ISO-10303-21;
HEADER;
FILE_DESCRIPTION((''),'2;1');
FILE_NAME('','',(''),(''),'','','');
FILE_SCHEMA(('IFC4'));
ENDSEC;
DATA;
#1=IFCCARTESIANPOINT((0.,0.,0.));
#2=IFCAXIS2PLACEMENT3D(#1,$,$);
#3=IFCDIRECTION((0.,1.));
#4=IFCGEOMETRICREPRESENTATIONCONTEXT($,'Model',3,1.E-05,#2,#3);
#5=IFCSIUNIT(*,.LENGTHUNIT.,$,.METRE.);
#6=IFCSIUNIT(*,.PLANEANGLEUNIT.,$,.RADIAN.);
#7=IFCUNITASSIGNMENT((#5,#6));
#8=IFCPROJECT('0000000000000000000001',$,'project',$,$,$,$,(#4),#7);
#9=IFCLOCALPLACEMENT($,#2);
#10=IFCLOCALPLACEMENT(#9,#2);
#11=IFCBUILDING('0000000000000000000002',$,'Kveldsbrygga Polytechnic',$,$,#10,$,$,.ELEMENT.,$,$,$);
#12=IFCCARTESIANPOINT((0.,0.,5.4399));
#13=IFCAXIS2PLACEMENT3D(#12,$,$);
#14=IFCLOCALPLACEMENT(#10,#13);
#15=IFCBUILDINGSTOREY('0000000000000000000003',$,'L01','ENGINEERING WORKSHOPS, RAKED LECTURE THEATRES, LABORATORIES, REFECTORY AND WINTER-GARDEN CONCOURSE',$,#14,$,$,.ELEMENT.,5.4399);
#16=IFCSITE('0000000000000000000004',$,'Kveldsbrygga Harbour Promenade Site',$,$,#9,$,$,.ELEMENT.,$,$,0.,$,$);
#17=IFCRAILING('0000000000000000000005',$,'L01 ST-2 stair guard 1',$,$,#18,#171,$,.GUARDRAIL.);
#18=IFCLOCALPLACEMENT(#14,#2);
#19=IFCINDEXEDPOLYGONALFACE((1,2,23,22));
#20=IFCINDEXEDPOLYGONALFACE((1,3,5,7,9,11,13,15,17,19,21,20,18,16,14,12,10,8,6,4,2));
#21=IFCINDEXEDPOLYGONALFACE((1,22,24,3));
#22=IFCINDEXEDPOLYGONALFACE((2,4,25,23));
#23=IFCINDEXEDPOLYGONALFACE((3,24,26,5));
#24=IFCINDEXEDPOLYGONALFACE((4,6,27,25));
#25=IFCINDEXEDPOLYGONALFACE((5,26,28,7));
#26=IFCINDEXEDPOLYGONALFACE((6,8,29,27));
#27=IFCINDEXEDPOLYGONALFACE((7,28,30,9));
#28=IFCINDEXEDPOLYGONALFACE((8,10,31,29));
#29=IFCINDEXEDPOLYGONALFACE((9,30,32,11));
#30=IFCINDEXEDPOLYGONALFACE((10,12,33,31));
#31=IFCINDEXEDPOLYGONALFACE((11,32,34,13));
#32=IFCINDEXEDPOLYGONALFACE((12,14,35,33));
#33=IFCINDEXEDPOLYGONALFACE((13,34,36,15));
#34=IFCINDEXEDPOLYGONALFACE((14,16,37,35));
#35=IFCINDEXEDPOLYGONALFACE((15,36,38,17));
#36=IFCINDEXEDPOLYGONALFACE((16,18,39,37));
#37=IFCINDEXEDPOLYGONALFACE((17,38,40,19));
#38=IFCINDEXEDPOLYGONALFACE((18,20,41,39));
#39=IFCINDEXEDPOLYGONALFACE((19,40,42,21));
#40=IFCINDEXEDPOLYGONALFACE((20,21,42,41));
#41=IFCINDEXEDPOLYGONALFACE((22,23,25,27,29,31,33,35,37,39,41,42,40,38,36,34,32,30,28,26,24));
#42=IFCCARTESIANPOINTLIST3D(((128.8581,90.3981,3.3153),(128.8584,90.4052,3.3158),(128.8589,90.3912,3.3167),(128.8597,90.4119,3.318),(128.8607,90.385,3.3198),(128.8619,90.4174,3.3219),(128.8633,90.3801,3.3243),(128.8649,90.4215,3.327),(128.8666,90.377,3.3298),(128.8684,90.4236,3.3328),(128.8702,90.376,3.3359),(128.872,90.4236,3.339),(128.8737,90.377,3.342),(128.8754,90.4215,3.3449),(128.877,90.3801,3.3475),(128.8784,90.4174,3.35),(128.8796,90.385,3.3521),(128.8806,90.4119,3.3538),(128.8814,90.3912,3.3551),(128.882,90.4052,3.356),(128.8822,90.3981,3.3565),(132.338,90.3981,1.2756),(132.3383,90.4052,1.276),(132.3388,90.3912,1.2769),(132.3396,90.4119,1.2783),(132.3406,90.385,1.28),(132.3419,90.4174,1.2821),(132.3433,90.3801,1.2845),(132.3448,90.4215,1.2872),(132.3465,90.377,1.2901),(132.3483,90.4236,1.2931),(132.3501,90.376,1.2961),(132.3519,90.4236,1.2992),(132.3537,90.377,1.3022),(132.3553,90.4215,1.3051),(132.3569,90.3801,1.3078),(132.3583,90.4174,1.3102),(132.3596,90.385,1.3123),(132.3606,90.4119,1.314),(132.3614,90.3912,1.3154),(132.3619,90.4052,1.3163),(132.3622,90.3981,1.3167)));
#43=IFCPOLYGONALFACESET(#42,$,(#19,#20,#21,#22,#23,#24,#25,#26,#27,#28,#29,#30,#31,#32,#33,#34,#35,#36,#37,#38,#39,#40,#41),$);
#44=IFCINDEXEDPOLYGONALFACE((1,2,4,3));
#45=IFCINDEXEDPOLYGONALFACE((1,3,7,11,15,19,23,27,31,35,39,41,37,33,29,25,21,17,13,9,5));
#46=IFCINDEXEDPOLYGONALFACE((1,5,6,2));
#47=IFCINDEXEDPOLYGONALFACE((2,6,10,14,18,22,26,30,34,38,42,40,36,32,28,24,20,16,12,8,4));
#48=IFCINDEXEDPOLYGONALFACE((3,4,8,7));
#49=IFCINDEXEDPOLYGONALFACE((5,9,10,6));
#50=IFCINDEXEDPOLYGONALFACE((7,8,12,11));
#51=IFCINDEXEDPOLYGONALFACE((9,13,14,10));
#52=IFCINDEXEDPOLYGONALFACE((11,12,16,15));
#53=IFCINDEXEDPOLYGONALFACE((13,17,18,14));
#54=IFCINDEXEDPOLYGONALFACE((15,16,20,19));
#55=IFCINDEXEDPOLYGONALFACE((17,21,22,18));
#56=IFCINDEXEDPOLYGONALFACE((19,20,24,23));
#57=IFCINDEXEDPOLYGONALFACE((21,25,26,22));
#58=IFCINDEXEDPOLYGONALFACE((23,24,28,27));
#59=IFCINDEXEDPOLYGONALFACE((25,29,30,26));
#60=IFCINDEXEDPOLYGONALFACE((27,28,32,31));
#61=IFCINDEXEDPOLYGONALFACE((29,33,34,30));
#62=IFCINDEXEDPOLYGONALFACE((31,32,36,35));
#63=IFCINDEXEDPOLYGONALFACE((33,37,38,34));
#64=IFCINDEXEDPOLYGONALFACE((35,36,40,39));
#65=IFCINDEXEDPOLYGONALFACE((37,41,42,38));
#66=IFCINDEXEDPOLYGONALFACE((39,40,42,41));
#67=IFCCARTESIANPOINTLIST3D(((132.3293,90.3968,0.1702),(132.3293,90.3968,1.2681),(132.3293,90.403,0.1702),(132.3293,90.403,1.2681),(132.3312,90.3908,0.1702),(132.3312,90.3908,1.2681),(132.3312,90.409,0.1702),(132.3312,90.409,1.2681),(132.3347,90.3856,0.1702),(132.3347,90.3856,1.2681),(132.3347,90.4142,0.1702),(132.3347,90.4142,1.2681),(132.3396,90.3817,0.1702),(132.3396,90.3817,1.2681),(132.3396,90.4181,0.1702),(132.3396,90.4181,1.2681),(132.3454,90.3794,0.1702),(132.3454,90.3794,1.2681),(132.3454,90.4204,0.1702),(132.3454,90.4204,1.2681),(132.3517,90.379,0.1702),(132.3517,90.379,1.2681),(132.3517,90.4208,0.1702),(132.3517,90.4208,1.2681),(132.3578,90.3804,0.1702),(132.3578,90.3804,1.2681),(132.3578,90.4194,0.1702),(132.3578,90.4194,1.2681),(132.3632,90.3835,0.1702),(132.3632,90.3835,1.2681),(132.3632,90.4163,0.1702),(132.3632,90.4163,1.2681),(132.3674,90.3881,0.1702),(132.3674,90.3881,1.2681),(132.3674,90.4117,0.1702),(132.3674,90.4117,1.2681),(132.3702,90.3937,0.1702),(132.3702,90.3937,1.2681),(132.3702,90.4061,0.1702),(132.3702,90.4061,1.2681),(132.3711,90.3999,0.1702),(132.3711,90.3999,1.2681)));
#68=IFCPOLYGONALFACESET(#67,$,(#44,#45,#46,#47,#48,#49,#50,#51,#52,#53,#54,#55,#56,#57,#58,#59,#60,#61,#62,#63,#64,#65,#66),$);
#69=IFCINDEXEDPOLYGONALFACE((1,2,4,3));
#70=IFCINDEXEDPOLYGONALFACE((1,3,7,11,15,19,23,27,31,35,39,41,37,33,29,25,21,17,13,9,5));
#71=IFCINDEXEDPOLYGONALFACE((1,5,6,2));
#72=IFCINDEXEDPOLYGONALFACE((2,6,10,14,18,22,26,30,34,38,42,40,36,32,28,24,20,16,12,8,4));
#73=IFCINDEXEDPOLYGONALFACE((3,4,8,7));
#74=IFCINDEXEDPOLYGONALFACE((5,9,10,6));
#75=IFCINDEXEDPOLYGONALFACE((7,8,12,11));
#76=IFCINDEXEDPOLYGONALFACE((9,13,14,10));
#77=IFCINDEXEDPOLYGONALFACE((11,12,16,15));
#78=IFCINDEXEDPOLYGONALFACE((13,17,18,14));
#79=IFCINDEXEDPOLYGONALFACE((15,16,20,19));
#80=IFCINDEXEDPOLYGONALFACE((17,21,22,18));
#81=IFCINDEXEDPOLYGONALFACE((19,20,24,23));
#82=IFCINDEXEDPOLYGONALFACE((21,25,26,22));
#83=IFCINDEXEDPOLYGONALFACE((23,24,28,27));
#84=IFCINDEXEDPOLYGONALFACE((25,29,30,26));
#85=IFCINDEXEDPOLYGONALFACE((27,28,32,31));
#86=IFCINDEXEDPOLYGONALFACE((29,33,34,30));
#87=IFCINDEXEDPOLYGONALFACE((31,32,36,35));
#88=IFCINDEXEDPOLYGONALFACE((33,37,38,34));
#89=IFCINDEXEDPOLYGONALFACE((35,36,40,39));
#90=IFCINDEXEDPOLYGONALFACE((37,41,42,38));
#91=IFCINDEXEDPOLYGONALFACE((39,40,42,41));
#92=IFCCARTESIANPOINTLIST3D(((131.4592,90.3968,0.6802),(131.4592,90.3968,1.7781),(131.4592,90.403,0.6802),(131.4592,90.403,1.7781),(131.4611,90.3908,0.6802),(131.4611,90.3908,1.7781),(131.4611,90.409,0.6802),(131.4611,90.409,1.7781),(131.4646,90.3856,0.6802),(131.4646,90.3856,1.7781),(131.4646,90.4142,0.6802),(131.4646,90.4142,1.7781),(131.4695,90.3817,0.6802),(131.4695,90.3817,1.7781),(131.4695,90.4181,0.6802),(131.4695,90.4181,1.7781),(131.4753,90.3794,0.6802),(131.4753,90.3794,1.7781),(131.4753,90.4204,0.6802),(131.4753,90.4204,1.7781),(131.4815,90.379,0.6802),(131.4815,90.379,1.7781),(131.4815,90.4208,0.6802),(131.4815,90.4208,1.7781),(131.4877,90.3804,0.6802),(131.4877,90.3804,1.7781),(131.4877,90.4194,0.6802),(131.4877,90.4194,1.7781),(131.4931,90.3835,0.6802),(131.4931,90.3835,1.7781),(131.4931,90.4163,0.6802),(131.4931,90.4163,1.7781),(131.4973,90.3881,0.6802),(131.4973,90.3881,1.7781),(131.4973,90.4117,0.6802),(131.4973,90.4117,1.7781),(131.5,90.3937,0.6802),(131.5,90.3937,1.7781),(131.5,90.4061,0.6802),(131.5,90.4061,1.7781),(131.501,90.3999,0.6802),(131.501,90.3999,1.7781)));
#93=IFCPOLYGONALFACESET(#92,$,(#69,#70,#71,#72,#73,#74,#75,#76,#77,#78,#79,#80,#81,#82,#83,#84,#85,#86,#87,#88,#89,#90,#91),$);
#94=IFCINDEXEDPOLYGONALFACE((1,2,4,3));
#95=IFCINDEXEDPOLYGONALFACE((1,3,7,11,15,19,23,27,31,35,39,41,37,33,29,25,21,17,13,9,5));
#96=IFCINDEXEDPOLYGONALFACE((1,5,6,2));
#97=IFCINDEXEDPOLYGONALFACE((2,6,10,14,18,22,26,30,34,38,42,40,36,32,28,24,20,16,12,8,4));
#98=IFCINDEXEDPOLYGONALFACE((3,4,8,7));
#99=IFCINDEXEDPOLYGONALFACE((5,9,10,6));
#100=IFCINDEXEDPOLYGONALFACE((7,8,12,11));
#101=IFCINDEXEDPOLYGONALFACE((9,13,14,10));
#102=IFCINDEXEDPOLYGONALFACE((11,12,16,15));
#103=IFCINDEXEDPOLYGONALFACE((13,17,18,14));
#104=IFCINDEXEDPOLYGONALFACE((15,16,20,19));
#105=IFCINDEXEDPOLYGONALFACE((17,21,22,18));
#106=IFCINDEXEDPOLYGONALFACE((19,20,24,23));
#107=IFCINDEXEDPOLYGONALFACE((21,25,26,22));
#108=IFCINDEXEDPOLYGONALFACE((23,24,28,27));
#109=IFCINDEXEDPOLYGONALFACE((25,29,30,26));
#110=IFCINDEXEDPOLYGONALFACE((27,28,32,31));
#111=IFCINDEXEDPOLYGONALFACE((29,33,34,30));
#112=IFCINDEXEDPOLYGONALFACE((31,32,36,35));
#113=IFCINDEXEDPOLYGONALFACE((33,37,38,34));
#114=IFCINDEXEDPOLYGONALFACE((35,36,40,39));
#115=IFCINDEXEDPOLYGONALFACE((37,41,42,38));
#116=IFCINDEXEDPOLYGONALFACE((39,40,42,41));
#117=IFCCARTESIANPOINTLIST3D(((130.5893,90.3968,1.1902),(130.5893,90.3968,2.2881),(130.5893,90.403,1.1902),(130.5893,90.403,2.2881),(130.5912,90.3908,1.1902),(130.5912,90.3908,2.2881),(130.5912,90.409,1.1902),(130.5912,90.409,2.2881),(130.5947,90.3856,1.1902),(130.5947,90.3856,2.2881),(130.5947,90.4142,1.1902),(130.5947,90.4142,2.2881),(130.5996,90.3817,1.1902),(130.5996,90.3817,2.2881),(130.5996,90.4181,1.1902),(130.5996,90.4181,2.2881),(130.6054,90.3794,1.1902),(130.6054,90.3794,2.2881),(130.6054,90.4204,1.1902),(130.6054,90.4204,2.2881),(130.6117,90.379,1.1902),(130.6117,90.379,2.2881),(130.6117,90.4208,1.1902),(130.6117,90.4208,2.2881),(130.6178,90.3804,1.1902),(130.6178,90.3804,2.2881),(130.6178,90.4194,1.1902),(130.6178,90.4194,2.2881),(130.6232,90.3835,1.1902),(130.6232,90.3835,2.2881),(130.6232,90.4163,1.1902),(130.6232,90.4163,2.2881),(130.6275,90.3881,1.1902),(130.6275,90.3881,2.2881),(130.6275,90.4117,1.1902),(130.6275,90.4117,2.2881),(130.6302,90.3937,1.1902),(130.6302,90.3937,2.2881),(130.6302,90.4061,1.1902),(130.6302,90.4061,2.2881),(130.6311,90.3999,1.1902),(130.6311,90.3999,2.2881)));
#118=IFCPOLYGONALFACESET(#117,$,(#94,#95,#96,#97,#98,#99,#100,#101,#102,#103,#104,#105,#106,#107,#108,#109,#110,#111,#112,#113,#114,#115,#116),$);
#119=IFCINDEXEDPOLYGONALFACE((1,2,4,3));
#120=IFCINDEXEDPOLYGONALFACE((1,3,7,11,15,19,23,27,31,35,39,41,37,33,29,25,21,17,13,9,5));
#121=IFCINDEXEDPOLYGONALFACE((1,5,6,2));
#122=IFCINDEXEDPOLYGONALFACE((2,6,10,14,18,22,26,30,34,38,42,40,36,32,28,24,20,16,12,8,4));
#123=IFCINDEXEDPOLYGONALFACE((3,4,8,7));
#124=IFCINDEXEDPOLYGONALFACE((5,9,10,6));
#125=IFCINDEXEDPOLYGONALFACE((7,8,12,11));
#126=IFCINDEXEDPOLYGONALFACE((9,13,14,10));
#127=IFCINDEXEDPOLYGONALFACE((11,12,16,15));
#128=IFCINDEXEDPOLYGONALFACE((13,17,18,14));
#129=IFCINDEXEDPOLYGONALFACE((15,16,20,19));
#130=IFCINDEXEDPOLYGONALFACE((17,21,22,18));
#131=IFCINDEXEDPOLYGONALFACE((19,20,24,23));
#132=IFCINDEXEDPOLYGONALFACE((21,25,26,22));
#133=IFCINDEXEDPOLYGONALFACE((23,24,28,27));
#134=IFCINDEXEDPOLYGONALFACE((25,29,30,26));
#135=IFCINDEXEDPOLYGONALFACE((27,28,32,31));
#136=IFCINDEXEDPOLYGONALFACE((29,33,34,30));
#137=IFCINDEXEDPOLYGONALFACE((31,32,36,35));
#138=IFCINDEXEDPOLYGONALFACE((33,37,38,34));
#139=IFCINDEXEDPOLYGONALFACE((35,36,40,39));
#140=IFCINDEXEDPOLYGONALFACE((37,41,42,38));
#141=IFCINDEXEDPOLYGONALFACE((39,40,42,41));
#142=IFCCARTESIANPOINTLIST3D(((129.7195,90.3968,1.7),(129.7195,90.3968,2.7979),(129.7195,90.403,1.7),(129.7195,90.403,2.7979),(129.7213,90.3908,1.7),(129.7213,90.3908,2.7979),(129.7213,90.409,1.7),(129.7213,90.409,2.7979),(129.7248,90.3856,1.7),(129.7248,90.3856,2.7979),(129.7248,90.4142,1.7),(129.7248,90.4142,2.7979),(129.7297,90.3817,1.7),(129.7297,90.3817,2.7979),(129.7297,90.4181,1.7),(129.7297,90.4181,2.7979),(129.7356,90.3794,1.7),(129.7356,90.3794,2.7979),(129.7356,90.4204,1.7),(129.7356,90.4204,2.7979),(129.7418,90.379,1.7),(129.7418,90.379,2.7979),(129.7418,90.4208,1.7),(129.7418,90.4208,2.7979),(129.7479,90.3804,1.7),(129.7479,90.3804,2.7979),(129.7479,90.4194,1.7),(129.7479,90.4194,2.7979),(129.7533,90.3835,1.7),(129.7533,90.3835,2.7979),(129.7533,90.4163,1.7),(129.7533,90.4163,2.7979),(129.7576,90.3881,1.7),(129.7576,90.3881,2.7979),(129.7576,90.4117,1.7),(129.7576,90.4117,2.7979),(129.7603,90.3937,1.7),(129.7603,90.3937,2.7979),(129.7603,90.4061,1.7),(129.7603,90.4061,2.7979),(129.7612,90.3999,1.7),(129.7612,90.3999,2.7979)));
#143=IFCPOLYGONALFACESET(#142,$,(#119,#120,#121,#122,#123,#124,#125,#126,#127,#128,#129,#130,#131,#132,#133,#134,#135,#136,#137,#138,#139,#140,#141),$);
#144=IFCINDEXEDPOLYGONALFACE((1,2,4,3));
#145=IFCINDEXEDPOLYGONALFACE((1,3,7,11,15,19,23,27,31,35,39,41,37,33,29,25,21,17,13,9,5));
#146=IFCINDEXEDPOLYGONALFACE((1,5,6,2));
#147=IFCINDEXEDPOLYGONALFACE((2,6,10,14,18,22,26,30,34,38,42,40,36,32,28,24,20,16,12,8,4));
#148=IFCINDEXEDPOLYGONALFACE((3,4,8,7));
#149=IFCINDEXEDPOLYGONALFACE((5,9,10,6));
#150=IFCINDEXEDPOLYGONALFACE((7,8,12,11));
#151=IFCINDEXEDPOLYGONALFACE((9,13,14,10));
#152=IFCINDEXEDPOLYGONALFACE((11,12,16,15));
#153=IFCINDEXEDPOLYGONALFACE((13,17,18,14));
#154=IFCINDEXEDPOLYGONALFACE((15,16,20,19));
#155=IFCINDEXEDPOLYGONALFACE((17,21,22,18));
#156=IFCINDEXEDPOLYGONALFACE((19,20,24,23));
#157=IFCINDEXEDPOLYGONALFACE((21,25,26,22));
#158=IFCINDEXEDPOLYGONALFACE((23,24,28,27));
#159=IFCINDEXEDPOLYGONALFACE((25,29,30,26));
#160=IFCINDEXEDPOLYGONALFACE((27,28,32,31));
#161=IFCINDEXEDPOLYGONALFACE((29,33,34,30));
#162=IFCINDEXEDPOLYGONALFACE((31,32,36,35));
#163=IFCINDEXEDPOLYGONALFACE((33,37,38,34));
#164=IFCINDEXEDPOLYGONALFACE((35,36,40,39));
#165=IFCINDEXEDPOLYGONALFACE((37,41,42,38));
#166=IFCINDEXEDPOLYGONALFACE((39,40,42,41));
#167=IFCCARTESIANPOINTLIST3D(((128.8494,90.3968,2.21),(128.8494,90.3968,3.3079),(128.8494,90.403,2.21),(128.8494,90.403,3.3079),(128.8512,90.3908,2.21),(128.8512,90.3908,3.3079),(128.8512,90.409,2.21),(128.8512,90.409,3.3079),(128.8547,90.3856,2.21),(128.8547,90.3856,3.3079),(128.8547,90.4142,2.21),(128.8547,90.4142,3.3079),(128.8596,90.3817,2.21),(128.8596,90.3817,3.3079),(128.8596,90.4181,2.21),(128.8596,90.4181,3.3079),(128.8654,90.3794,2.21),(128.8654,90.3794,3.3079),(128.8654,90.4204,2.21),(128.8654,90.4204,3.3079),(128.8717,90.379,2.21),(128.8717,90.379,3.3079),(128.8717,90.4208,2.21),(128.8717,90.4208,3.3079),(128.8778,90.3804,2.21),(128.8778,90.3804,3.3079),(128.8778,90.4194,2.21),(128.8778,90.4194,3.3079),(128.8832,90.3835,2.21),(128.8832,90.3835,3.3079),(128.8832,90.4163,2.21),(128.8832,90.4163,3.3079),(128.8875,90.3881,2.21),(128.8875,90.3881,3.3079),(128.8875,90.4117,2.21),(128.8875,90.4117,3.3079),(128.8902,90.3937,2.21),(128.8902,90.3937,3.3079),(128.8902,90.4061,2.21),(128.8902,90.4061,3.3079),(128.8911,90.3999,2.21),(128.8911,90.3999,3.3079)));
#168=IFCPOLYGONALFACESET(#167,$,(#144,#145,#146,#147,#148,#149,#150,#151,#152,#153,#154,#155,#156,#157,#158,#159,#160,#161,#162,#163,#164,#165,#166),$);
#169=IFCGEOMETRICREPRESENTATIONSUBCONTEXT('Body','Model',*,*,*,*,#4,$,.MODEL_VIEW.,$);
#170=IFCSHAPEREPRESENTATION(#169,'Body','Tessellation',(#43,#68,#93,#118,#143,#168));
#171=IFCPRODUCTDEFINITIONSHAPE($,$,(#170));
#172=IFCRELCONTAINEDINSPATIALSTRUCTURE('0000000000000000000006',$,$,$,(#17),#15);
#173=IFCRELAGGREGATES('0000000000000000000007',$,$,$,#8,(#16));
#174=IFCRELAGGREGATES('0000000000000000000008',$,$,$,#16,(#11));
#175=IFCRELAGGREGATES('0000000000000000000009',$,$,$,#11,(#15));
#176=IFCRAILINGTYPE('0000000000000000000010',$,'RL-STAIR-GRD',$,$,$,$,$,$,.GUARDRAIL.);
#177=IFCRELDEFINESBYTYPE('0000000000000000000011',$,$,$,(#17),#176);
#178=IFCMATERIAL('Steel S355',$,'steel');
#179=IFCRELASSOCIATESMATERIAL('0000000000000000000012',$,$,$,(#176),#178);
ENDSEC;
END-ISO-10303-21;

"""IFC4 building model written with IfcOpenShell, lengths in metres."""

from ifc_helpers import new_model, si_unit, direction, frame, origin, origin_2d, place, context, subcontext, project, spatial, circle, extrude, material, type_object, element, save


model = new_model("IFC4")

# Units and contexts
model_context = context("Model", 3, precision=1e-05, world=origin(), true_north=direction((0.0, 1.0)))
body_context = subcontext(model_context, "Body", "Model", "MODEL_VIEW")
ifc_project = project(units=[si_unit("LENGTHUNIT", "METRE"), si_unit("PLANEANGLEUNIT", "RADIAN")], contexts=[model_context])

# Site, building, storey
site_placement = place(None, origin())
site = spatial("IfcSite", under=ifc_project, at=site_placement, Name="Kveldsbrygga Harbour Promenade Site", CompositionType="ELEMENT", RefElevation=0.0)
building_placement = place(site_placement, origin())
building = spatial("IfcBuilding", under=site, at=building_placement, Name="Kveldsbrygga Polytechnic", CompositionType="ELEMENT")
storey_placement = place(building_placement, frame((0.0, 0.0, 5.4399)))
storey = spatial("IfcBuildingStorey", under=building, at=storey_placement, Name="L01", Description="ENGINEERING WORKSHOPS, RAKED LECTURE THEATRES, LABORATORIES, REFECTORY AND WINTER-GARDEN CONCOURSE", CompositionType="ELEMENT", Elevation=5.4399)

# Shared definitions
ifc_material_1 = material(Name="Steel S355", Category="steel")

# Railing
railing_type_1 = type_object("IfcRailingType", Name="RL-STAIR-GRD", PredefinedType="GUARDRAIL", material=ifc_material_1)
railing_1_placement = place(storey_placement, frame((132.3501, 90.3999, 0.1702)))
element("IfcRailing", 1, at=railing_1_placement, inside=storey, type_object=railing_type_1, Name="L01 ST-2 stair guard 1", PredefinedType="GUARDRAIL", context=body_context, shape_type="SweptSolid", body=[
    extrude(circle(Radius=0.0239, at=origin_2d()), frame((0.0, 0.0, 1.126), z_axis=(-0.862719, 0.0, 0.505684), x_axis=(0.0, -1.0, 0.0)), (0.0, 0.0, 1.0), 4.0337),
    extrude(circle(Radius=0.021, at=origin_2d()), origin(), (0.0, 0.0, 1.0), 1.0979),
    extrude(circle(Radius=0.021, at=origin_2d()), frame((-0.8701, 0.0, 0.51)), (0.0, 0.0, 1.0), 1.0979),
    extrude(circle(Radius=0.021, at=origin_2d()), frame((-1.74, 0.0, 1.02)), (0.0, 0.0, 1.0), 1.0979),
    extrude(circle(Radius=0.021, at=origin_2d()), frame((-2.6099, 0.0, 1.5298)), (0.0, 0.0, 1.0), 1.0979),
    extrude(circle(Radius=0.021, at=origin_2d()), frame((-3.48, 0.0, 2.0398)), (0.0, 0.0, 1.0), 1.0979),
])

save(model, "model.ifc")
